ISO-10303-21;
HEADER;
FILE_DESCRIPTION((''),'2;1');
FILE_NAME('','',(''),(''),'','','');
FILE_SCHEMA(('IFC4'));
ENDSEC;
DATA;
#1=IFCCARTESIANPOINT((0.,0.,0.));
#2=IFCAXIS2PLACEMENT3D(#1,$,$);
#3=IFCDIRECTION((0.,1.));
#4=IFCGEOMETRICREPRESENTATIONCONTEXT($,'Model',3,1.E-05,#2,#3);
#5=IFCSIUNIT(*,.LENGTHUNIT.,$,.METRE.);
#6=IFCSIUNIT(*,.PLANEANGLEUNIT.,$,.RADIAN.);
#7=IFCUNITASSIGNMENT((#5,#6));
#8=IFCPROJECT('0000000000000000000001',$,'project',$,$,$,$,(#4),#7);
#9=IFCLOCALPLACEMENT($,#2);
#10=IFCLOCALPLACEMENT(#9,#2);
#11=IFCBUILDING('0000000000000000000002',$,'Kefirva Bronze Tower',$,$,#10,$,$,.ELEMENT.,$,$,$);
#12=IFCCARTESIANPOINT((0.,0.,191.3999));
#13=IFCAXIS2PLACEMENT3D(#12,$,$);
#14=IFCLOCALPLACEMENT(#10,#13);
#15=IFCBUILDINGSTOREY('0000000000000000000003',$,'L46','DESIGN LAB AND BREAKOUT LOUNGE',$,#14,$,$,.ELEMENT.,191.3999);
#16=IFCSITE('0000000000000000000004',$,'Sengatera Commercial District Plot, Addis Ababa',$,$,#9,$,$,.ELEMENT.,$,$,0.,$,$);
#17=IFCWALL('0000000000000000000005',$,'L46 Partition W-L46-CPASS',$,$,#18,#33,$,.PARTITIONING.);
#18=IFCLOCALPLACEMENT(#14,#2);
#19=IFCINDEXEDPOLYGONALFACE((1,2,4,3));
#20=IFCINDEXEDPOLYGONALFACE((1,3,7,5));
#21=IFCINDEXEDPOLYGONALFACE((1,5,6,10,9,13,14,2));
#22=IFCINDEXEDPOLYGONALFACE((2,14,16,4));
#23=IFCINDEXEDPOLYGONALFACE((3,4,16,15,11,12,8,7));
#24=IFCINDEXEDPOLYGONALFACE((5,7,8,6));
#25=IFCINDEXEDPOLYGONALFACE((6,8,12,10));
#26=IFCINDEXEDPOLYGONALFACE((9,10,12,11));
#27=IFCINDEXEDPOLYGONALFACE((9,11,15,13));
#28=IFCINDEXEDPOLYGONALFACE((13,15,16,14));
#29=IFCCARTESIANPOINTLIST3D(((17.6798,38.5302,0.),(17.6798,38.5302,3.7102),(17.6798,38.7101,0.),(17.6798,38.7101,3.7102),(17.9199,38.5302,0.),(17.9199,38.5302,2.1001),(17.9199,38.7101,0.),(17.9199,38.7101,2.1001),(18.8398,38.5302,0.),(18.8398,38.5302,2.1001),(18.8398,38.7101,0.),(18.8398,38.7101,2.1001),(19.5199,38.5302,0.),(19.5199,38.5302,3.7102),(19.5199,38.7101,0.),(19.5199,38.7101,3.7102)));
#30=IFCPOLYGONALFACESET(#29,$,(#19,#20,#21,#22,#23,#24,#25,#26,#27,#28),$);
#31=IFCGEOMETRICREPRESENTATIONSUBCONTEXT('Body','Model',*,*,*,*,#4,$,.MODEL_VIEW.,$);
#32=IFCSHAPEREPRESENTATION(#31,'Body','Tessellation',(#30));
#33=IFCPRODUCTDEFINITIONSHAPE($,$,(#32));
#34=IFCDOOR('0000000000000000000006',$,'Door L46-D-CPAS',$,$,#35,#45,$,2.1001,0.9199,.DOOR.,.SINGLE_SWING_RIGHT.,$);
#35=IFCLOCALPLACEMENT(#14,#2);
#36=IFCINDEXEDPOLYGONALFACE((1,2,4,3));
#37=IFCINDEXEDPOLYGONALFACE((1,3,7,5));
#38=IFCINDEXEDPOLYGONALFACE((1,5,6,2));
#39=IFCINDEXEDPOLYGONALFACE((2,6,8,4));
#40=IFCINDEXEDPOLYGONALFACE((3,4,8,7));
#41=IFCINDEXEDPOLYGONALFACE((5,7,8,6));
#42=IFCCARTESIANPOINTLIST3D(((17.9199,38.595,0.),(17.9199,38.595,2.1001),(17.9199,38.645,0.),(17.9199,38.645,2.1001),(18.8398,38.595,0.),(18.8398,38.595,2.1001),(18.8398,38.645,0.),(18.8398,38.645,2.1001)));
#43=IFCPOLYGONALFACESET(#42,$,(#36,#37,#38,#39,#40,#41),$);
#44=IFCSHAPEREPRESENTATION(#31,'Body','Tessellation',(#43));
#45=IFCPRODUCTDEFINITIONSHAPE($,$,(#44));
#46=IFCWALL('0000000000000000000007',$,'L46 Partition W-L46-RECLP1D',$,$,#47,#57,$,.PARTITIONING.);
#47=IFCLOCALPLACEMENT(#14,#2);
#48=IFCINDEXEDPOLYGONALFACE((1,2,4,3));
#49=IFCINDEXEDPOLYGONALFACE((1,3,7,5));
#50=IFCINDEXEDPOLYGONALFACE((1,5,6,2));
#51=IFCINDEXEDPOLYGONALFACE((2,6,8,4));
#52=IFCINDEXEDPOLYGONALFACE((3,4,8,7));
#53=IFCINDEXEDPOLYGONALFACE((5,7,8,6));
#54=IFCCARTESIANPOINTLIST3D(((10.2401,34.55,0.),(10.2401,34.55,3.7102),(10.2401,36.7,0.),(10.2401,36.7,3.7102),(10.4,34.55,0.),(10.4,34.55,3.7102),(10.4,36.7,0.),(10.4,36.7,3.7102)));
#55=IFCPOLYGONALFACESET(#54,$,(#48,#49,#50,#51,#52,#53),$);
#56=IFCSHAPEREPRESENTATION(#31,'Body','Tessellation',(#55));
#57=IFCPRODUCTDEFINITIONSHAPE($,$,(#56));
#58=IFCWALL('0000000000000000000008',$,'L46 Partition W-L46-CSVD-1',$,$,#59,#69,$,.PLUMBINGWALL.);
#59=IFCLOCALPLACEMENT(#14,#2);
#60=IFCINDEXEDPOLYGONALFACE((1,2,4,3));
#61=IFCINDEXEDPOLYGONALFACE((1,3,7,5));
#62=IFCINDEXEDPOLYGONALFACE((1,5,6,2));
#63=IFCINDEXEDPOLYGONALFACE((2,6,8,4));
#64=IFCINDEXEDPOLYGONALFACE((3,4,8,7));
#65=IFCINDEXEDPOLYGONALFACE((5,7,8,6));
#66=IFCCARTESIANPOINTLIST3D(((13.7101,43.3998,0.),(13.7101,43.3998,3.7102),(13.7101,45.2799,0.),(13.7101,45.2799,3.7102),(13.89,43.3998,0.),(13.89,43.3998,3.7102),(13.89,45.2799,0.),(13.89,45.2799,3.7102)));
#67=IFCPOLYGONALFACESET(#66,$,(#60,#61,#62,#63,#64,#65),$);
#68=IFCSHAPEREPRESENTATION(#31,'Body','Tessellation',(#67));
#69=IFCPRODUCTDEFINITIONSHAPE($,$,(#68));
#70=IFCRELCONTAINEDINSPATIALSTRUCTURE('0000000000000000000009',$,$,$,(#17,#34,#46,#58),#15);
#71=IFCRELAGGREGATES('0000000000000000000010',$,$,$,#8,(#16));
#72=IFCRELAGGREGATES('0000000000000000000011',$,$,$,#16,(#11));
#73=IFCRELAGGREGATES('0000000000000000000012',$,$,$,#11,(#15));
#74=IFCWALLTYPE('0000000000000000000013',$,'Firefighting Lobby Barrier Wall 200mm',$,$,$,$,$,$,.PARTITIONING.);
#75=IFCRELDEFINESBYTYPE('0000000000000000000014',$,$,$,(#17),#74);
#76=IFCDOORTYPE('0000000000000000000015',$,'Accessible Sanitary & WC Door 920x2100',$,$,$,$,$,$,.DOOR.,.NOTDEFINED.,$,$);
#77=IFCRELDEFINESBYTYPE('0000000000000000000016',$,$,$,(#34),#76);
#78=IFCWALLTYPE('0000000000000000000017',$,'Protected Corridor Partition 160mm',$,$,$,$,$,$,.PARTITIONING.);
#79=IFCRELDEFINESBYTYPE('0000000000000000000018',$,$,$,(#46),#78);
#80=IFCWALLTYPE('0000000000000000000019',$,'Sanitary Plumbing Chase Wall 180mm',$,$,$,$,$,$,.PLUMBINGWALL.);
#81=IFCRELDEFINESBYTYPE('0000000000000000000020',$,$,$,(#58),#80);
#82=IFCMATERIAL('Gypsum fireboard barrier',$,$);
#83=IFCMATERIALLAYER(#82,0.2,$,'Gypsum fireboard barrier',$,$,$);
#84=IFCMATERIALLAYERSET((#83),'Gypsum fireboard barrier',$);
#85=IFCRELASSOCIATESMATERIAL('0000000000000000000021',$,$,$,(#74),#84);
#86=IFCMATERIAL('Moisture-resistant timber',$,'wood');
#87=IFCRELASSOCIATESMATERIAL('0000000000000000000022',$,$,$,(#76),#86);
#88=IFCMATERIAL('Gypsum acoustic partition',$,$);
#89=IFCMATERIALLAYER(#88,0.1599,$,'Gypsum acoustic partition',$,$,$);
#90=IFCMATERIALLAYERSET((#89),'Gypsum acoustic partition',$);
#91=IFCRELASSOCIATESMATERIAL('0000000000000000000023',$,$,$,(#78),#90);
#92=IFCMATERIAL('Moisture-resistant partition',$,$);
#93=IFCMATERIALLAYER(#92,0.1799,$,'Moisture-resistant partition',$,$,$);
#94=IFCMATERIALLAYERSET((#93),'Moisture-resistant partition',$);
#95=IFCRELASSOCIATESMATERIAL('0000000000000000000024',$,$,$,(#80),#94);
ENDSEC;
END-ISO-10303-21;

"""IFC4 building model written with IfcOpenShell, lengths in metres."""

from ifc_helpers import new_model, si_unit, direction, frame, frame_2d, origin, place, context, subcontext, project, spatial, rectangle, extrude, material, layer, layer_set, type_object, element, fill, save


model = new_model("IFC4")

# Units and contexts
model_context = context("Model", 3, precision=1e-05, world=origin(), true_north=direction((0.0, 1.0)))
body_context = subcontext(model_context, "Body", "Model", "MODEL_VIEW")
ifc_project = project(units=[si_unit("LENGTHUNIT", "METRE"), si_unit("PLANEANGLEUNIT", "RADIAN")], contexts=[model_context])

# Site, building, storey
site_placement = place(None, origin())
site = spatial("IfcSite", under=ifc_project, at=site_placement, Name="Sengatera Commercial District Plot, Addis Ababa", CompositionType="ELEMENT", RefElevation=0.0)
building_placement = place(site_placement, origin())
building = spatial("IfcBuilding", under=site, at=building_placement, Name="Kefirva Bronze Tower", CompositionType="ELEMENT")
storey_placement = place(building_placement, frame((0.0, 0.0, 191.3999)))
storey = spatial("IfcBuildingStorey", under=building, at=storey_placement, Name="L46", Description="DESIGN LAB AND BREAKOUT LOUNGE", CompositionType="ELEMENT", Elevation=191.3999)

# Wall, opening, door
ifc_material_1 = material(Name="Gypsum fireboard barrier")
ifc_layer_1 = layer(ifc_material_1, 0.2, Name="Gypsum fireboard barrier")
ifc_layer_set_1 = layer_set([ifc_layer_1], Name="Gypsum fireboard barrier")
wall_type_1 = type_object("IfcWallType", Name="Firefighting Lobby Barrier Wall 200mm", PredefinedType="PARTITIONING", material=ifc_layer_set_1)
wall_1_placement = place(storey_placement, frame((17.6799, 38.6201, 0.0), z_axis=(0.0, 0.0, 1.0), x_axis=(1.0, 0.0, 0.0)))
wall_1 = element("IfcWall", 1, at=wall_1_placement, inside=storey, type_object=wall_type_1, Name="L46 Partition W-L46-CPASS", PredefinedType="PARTITIONING", context=body_context, shape_type="SweptSolid", body=[
    extrude(rectangle(XDim=1.8401, YDim=0.1799, at=frame_2d((0.9199, 0.0))), origin(), (0.0, 0.0, 1.0), 3.7102),
])
opening_1_placement = place(wall_1_placement, frame((0.24, 0.0, 0.0)))
opening_1 = element("IfcOpeningElement", 2, at=opening_1_placement, cuts=wall_1, PredefinedType="OPENING", context=body_context, shape_type="SweptSolid", body=[
    extrude(rectangle(XDim=0.9199, YDim=2.1001, at=frame_2d((0.46, 1.05))), frame((0.0, 0.1001, 0.0), z_axis=(0.0, -1.0, 0.0), x_axis=(1.0, 0.0, 0.0)), (0.0, 0.0, 1.0), 0.2),
])
ifc_material_2 = material(Name="Moisture-resistant timber", Category="wood")
door_type_1 = type_object("IfcDoorType", Name="Accessible Sanitary & WC Door 920x2100", OperationType="NOTDEFINED", PredefinedType="DOOR", material=ifc_material_2)
door_1_placement = place(opening_1_placement, origin())
door_1 = element("IfcDoor", 3, at=door_1_placement, inside=storey, type_object=door_type_1, Name="Door L46-D-CPAS", OperationType="SINGLE_SWING_RIGHT", OverallHeight=2.1001, OverallWidth=0.9199, PredefinedType="DOOR", context=body_context, shape_type="SweptSolid", body=[
    extrude(rectangle(XDim=0.9199, YDim=2.1001, at=frame_2d((0.46, 1.05))), frame((0.0, 0.0249, 0.0), z_axis=(0.0, -1.0, 0.0), x_axis=(1.0, 0.0, 0.0)), (0.0, 0.0, 1.0), 0.05),
])
fill(opening_1, door_1)

# Wall
ifc_material_3 = material(Name="Gypsum acoustic partition")
ifc_layer_2 = layer(ifc_material_3, 0.1599, Name="Gypsum acoustic partition")
ifc_layer_set_2 = layer_set([ifc_layer_2], Name="Gypsum acoustic partition")
wall_type_2 = type_object("IfcWallType", Name="Protected Corridor Partition 160mm", PredefinedType="PARTITIONING", material=ifc_layer_set_2)
wall_2_placement = place(storey_placement, frame((10.3201, 34.55, 0.0), z_axis=(0.0, 0.0, 1.0), x_axis=(0.0, 1.0, 0.0)))
element("IfcWall", 4, at=wall_2_placement, inside=storey, type_object=wall_type_2, Name="L46 Partition W-L46-RECLP1D", PredefinedType="PARTITIONING", context=body_context, shape_type="SweptSolid", body=[
    extrude(rectangle(XDim=2.1499, YDim=0.1599, at=frame_2d((1.075, 0.0))), origin(), (0.0, 0.0, 1.0), 3.7102),
])

# Wall
ifc_material_4 = material(Name="Moisture-resistant partition")
ifc_layer_3 = layer(ifc_material_4, 0.1799, Name="Moisture-resistant partition")
ifc_layer_set_3 = layer_set([ifc_layer_3], Name="Moisture-resistant partition")
wall_type_3 = type_object("IfcWallType", Name="Sanitary Plumbing Chase Wall 180mm", PredefinedType="PLUMBINGWALL", material=ifc_layer_set_3)
wall_3_placement = place(storey_placement, frame((13.8, 43.3999, 0.0), z_axis=(0.0, 0.0, 1.0), x_axis=(0.0, 1.0, 0.0)))
element("IfcWall", 5, at=wall_3_placement, inside=storey, type_object=wall_type_3, Name="L46 Partition W-L46-CSVD-1", PredefinedType="PLUMBINGWALL", context=body_context, shape_type="SweptSolid", body=[
    extrude(rectangle(XDim=1.8801, YDim=0.1799, at=frame_2d((0.9399, 0.0))), origin(), (0.0, 0.0, 1.0), 3.7102),
])

save(model, "model.ifc")
